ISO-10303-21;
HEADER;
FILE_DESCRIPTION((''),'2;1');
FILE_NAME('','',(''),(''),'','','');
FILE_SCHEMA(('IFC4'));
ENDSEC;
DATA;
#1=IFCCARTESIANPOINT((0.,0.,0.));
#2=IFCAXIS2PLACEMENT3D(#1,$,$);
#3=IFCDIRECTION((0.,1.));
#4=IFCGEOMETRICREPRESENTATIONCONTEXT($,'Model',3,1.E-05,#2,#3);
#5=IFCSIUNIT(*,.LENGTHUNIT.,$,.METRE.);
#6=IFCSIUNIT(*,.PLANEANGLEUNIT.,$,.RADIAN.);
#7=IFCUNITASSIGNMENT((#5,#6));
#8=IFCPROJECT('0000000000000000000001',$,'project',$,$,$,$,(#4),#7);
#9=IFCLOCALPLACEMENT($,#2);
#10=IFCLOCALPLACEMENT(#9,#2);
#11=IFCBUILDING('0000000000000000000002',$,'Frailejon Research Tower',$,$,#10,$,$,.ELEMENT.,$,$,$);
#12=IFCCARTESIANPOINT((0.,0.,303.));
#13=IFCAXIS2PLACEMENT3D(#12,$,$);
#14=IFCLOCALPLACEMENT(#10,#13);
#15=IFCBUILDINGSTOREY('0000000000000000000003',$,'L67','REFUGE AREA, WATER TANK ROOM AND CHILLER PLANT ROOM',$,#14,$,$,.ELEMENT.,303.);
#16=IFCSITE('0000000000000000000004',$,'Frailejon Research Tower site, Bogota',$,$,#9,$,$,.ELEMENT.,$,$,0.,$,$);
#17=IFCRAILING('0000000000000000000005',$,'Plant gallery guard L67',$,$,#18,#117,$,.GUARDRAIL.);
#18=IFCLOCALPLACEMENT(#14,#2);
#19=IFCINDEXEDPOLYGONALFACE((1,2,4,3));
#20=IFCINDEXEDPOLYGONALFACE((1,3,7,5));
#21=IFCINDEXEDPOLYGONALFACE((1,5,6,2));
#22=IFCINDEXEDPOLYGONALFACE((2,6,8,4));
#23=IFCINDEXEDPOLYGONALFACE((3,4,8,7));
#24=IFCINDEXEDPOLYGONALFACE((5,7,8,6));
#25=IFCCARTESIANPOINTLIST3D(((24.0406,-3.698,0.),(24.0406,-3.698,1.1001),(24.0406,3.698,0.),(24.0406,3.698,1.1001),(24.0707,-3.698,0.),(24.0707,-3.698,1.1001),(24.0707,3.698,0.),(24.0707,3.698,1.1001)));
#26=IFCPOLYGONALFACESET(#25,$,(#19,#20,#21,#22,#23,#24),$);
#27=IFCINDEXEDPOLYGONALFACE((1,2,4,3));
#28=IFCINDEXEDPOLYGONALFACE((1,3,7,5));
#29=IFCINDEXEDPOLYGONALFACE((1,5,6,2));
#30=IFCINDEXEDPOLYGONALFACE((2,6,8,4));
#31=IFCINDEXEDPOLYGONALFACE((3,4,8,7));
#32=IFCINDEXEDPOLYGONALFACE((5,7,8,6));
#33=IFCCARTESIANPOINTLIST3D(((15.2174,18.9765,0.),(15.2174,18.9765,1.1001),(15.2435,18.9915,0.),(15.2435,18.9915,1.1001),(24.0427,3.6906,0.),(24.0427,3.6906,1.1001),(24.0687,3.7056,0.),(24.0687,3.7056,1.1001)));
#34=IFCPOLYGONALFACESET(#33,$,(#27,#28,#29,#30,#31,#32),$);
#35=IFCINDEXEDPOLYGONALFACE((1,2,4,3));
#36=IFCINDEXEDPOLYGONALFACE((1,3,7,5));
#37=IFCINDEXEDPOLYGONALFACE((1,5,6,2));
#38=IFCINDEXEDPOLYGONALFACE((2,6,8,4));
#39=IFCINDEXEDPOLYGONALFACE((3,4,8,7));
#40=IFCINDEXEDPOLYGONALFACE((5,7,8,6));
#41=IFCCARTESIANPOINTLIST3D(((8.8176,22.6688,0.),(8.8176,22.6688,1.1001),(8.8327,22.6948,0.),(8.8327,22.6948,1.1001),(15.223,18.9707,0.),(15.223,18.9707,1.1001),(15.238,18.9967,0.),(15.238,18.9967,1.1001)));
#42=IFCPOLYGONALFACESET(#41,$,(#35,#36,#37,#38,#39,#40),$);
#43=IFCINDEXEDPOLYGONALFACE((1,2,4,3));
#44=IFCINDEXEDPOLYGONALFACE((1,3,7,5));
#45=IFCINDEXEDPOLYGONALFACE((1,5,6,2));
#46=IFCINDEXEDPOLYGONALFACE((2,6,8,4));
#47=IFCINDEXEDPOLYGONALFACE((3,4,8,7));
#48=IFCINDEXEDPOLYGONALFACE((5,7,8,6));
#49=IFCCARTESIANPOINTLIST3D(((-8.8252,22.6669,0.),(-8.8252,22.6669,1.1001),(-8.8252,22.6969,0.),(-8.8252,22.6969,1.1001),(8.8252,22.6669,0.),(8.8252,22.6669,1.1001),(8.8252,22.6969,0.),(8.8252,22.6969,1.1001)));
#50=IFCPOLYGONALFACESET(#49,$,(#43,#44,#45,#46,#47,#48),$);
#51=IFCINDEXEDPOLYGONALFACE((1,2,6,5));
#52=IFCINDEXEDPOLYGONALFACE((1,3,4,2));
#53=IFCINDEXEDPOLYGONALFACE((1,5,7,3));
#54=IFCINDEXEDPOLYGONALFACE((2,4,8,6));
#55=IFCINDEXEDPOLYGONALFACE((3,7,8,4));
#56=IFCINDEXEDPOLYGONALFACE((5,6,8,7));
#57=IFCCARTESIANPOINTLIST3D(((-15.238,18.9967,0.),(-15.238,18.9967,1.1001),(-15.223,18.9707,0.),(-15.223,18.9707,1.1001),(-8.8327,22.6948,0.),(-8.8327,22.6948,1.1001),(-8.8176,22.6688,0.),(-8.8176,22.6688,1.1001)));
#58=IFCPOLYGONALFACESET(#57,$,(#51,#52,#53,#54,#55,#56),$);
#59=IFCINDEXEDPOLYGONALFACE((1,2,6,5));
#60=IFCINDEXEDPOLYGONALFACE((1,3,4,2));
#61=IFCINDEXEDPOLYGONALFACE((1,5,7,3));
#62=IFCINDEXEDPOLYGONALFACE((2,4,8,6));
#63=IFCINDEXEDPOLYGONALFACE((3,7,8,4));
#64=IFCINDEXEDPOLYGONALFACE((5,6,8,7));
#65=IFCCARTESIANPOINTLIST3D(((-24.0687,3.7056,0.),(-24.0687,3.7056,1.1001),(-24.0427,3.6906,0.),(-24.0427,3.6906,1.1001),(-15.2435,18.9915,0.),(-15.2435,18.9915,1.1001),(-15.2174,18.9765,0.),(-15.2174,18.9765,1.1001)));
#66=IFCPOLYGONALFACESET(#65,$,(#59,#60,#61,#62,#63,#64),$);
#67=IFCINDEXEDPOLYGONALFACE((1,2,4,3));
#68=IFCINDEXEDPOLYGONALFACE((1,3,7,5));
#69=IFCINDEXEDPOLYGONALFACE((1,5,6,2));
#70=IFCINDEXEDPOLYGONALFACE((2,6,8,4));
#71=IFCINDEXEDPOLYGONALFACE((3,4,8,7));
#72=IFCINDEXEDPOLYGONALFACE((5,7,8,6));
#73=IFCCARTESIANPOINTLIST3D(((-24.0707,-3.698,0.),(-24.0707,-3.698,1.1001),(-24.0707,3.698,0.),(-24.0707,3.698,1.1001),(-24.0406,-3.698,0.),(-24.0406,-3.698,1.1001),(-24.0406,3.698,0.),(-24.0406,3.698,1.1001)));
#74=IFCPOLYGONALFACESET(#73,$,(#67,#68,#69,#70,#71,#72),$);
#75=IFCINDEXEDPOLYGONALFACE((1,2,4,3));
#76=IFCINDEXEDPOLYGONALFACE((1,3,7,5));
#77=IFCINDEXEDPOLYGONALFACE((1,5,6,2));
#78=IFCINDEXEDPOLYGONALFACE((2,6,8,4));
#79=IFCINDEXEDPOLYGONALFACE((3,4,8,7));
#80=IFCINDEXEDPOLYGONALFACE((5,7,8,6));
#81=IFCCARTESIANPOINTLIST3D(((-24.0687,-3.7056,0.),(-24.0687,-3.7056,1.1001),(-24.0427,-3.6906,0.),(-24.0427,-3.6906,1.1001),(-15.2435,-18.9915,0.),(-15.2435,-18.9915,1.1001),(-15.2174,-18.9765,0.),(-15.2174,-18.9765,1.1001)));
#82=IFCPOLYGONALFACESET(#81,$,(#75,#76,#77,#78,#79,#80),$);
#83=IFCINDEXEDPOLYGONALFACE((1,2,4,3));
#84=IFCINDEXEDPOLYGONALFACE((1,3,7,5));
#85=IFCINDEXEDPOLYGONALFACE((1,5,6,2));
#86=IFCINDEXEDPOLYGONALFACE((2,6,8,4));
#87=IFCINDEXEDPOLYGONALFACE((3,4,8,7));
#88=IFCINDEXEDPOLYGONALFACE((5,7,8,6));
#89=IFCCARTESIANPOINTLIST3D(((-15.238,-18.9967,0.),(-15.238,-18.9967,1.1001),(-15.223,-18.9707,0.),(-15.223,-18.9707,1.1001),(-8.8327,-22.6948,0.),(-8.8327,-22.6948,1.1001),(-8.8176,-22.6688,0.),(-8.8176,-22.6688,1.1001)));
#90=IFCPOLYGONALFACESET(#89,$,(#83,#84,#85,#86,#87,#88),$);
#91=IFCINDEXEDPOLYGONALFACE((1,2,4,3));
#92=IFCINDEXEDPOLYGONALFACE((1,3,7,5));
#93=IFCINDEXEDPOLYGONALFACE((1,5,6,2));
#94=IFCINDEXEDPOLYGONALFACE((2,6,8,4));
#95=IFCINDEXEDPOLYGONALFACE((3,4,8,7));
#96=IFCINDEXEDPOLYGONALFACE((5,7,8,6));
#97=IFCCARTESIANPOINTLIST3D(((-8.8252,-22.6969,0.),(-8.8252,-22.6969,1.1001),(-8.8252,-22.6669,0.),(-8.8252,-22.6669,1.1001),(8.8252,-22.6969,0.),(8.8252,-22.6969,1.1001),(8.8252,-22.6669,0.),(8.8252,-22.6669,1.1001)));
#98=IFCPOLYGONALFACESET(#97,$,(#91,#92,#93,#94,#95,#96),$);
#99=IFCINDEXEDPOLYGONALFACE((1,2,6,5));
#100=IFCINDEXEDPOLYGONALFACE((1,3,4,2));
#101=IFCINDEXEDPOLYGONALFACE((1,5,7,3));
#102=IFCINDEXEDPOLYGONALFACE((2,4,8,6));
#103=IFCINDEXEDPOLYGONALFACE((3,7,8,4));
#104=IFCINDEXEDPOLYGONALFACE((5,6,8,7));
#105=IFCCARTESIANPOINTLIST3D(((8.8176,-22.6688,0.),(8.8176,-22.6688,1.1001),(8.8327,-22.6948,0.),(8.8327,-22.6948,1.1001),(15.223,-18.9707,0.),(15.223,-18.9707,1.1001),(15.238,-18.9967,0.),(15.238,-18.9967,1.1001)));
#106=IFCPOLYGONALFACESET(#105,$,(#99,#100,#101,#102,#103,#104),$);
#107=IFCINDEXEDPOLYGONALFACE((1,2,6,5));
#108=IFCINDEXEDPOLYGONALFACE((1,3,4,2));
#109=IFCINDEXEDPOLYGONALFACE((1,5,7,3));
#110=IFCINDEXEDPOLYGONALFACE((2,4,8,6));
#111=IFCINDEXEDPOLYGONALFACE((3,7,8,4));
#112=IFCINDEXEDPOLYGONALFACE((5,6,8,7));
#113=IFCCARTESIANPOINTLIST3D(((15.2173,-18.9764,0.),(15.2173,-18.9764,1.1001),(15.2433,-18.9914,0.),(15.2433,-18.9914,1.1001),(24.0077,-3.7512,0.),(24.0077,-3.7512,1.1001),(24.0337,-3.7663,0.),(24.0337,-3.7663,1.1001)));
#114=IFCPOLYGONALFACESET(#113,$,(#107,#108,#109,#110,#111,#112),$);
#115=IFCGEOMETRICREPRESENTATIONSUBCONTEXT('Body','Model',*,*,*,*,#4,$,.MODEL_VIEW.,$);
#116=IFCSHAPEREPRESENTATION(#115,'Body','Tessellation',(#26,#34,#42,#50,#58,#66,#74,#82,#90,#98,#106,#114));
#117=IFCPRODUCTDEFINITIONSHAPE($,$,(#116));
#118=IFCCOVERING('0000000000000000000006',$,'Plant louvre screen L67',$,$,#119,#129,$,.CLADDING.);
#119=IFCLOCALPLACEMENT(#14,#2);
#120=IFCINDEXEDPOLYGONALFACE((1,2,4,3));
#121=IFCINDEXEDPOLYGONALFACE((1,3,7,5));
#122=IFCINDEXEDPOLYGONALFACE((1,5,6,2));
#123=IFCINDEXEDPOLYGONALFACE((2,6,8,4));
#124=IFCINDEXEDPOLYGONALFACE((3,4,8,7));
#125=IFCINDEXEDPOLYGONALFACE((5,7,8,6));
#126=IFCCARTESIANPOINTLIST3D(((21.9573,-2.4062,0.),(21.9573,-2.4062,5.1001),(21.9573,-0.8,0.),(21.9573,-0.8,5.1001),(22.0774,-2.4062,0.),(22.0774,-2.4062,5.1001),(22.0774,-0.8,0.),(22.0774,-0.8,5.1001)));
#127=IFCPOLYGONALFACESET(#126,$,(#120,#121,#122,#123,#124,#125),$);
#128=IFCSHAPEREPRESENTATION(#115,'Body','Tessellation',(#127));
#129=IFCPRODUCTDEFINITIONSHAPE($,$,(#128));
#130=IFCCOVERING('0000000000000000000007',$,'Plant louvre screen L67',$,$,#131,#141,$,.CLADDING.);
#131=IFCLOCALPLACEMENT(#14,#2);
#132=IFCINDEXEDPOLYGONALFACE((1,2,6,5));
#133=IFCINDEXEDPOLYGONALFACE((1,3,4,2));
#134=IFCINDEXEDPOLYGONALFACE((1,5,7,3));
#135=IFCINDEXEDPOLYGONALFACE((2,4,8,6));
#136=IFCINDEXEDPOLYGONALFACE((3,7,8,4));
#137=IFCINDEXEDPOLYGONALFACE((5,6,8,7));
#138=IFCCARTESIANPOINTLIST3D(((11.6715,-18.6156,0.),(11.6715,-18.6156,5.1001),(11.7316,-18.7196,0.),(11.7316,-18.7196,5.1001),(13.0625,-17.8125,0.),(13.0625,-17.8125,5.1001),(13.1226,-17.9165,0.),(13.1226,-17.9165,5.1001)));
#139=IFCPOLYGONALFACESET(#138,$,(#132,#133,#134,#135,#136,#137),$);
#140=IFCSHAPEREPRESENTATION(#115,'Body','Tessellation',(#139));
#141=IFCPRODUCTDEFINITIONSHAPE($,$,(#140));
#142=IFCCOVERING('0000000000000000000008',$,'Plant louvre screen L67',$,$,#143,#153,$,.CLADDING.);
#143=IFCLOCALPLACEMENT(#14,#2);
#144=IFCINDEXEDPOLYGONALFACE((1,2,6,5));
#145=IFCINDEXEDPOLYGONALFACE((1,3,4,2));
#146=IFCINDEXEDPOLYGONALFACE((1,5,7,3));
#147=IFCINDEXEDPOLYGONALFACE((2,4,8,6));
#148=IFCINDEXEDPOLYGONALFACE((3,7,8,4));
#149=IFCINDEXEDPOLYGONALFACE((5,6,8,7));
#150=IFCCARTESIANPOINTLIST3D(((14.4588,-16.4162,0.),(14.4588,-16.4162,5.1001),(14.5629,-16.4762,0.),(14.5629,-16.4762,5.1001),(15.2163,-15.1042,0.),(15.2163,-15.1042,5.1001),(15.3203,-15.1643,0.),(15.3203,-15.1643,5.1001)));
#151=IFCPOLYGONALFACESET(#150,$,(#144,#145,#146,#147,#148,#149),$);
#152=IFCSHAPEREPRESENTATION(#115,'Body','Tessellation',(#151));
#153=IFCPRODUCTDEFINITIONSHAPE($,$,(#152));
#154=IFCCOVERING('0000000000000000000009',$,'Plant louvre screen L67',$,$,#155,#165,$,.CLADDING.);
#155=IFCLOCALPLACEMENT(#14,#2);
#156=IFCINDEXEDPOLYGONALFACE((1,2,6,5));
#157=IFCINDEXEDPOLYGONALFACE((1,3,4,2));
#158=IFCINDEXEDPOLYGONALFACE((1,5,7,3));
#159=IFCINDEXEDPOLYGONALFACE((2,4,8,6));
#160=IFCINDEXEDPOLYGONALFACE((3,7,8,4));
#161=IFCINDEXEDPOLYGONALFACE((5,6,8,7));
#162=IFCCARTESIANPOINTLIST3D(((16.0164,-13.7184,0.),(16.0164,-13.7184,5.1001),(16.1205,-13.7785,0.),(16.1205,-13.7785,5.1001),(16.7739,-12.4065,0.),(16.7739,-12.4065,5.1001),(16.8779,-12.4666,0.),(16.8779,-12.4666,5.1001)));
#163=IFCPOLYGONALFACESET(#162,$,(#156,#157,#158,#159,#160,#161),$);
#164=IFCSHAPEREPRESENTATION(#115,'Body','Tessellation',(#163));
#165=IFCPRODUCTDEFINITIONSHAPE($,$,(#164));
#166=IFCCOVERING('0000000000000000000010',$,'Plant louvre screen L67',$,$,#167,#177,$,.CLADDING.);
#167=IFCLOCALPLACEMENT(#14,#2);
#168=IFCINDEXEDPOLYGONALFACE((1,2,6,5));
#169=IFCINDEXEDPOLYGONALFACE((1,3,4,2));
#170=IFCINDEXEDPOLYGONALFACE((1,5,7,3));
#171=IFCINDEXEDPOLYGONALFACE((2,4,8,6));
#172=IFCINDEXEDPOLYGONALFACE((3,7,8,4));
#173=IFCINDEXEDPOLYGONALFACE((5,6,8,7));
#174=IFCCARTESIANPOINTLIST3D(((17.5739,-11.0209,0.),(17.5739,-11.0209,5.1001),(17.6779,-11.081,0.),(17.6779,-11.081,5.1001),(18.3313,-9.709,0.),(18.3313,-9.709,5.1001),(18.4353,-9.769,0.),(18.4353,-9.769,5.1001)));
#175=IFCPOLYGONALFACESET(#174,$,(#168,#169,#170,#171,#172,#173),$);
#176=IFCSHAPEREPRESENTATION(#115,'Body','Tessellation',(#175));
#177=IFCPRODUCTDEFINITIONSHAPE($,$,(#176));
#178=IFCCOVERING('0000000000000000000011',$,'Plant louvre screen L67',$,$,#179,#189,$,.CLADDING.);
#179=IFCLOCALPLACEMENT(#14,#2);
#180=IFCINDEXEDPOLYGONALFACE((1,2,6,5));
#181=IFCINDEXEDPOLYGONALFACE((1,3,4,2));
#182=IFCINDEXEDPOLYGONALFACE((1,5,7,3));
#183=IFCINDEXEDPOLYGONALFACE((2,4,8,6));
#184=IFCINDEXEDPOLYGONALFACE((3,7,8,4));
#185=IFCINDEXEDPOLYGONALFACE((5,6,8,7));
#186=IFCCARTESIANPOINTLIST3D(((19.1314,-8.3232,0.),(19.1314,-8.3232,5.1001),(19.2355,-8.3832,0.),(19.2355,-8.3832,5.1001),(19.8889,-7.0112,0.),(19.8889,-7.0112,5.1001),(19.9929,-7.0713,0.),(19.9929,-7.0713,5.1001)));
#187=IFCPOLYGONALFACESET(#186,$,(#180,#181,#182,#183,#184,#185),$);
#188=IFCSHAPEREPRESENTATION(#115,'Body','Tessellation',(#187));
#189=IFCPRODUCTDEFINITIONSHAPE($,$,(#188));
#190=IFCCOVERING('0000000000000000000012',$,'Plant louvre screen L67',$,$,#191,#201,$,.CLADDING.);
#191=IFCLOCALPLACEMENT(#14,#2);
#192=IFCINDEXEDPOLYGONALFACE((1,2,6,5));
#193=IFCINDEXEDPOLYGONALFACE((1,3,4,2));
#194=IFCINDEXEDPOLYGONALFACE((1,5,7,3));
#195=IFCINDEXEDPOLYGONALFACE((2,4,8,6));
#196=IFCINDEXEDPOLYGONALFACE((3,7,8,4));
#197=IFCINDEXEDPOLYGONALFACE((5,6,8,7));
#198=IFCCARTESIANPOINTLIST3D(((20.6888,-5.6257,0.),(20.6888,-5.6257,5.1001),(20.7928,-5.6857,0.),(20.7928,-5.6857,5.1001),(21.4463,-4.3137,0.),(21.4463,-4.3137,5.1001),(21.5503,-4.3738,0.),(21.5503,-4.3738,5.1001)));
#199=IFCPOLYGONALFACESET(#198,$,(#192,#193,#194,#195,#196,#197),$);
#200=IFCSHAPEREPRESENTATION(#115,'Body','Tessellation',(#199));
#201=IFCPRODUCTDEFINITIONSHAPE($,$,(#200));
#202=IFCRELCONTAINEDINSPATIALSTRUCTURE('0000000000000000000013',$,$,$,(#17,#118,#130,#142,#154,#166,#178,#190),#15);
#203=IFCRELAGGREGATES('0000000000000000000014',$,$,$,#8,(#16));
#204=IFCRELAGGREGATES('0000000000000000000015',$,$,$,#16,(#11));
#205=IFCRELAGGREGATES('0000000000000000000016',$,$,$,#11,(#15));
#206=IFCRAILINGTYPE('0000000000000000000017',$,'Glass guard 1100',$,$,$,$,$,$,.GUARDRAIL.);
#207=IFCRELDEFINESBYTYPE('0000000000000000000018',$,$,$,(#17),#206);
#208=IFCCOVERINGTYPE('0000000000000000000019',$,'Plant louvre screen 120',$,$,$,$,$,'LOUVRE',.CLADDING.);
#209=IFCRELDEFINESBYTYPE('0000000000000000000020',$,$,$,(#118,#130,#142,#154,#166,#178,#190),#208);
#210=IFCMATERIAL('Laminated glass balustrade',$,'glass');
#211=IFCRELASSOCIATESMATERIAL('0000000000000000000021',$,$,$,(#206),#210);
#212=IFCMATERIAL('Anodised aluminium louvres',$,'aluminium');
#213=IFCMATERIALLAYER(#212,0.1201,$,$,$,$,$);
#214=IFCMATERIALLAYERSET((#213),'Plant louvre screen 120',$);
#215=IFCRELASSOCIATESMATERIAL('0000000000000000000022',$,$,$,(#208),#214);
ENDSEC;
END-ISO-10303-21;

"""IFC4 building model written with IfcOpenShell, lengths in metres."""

from ifc_helpers import new_model, si_unit, direction, frame, origin, origin_2d, place, context, subcontext, project, spatial, polyline, rectangle, outline, extrude, material, layer, layer_set, type_object, element, save


model = new_model("IFC4")

# Units and contexts
model_context = context("Model", 3, precision=1e-05, world=origin(), true_north=direction((0.0, 1.0)))
body_context = subcontext(model_context, "Body", "Model", "MODEL_VIEW")
ifc_project = project(units=[si_unit("LENGTHUNIT", "METRE"), si_unit("PLANEANGLEUNIT", "RADIAN")], contexts=[model_context])

# Site, building, storey
site_placement = place(None, origin())
site = spatial("IfcSite", under=ifc_project, at=site_placement, Name="Frailejon Research Tower site, Bogota", CompositionType="ELEMENT", RefElevation=0.0)
building_placement = place(site_placement, origin())
building = spatial("IfcBuilding", under=site, at=building_placement, Name="Frailejon Research Tower", CompositionType="ELEMENT")
storey_placement = place(building_placement, frame((0.0, 0.0, 303.0)))
storey = spatial("IfcBuildingStorey", under=building, at=storey_placement, Name="L67", Description="REFUGE AREA, WATER TANK ROOM AND CHILLER PLANT ROOM", CompositionType="ELEMENT", Elevation=303.0)

# Railing
ifc_material_1 = material(Name="Laminated glass balustrade", Category="glass")
railing_type = type_object("IfcRailingType", Name="Glass guard 1100", PredefinedType="GUARDRAIL", material=ifc_material_1)
railing_placement = place(storey_placement, frame((24.0557, -3.698, 0.0)))
element("IfcRailing", 1, at=railing_placement, inside=storey, type_object=railing_type, Name="Plant gallery guard L67", PredefinedType="GUARDRAIL", context=body_context, shape_type="SweptSolid", body=[
    extrude(rectangle(XDim=7.396, YDim=0.03, at=origin_2d()), frame((0.0, 3.698, 0.0), z_axis=(0.0, 0.0, 1.0), x_axis=(0.0, 1.0, 0.0)), (0.0, 0.0, 1.0), 1.1001),
    extrude(rectangle(XDim=17.6506, YDim=0.03, at=origin_2d()), frame((-4.4126, 15.0391, 0.0), z_axis=(0.0, 0.0, 1.0), x_axis=(-0.499995, 0.866028, 0.0)), (0.0, 0.0, 1.0), 1.1001),
    extrude(rectangle(XDim=7.3962, YDim=0.03, at=origin_2d()), frame((-12.0278, 24.5308, 0.0), z_axis=(0.0, 0.0, 1.0), x_axis=(-0.866031, 0.499991, 0.0)), (0.0, 0.0, 1.0), 1.1001),
    extrude(rectangle(XDim=17.6504, YDim=0.03, at=origin_2d()), frame((-24.0557, 26.3799, 0.0), z_axis=(0.0, 0.0, 1.0), x_axis=(-1.0, 0.0, 0.0)), (0.0, 0.0, 1.0), 1.1001),
    extrude(rectangle(XDim=7.3962, YDim=0.03, at=origin_2d()), frame((-36.0835, 24.5308, 0.0), z_axis=(0.0, 0.0, 1.0), x_axis=(-0.866031, -0.499991, 0.0)), (0.0, 0.0, 1.0), 1.1001),
    extrude(rectangle(XDim=17.6506, YDim=0.03, at=origin_2d()), frame((-43.6987, 15.0391, 0.0), z_axis=(0.0, 0.0, 1.0), x_axis=(-0.499995, -0.866028, 0.0)), (0.0, 0.0, 1.0), 1.1001),
    extrude(rectangle(XDim=7.396, YDim=0.03, at=origin_2d()), frame((-48.1113, 3.698, 0.0), z_axis=(0.0, 0.0, 1.0), x_axis=(0.0, -1.0, 0.0)), (0.0, 0.0, 1.0), 1.1001),
    extrude(rectangle(XDim=17.6506, YDim=0.03, at=origin_2d()), frame((-43.6987, -7.6431, 0.0), z_axis=(0.0, 0.0, 1.0), x_axis=(0.499995, -0.866028, 0.0)), (0.0, 0.0, 1.0), 1.1001),
    extrude(rectangle(XDim=7.3962, YDim=0.03, at=origin_2d()), frame((-36.0835, -17.1348, 0.0), z_axis=(0.0, 0.0, 1.0), x_axis=(0.866031, -0.499991, 0.0)), (0.0, 0.0, 1.0), 1.1001),
    extrude(rectangle(XDim=17.6504, YDim=0.03, at=origin_2d()), frame((-24.0557, -18.9839, 0.0), z_axis=(0.0, 0.0, 1.0), x_axis=(1.0, 0.0, 0.0)), (0.0, 0.0, 1.0), 1.1001),
    extrude(rectangle(XDim=7.3962, YDim=0.03, at=origin_2d()), frame((-12.0278, -17.1348, 0.0), z_axis=(0.0, 0.0, 1.0), x_axis=(0.866031, 0.499991, 0.0)), (0.0, 0.0, 1.0), 1.1001),
    extrude(rectangle(XDim=17.5806, YDim=0.03, at=origin_2d()), frame((-4.4302, -7.6733, 0.0), z_axis=(0.0, 0.0, 1.0), x_axis=(0.500003, 0.866024, 0.0)), (0.0, 0.0, 1.0), 1.1001),
])

# Coverings
ifc_material_2 = material(Name="Anodised aluminium louvres", Category="aluminium")
ifc_layer_1 = layer(ifc_material_2, 0.1201)
ifc_layer_set_1 = layer_set([ifc_layer_1], Name="Plant louvre screen 120")
covering_type = type_object("IfcCoveringType", Name="Plant louvre screen 120", ElementType="LOUVRE", PredefinedType="CLADDING", material=ifc_layer_set_1)
for number, where, z_axis, x_axis, name in (
    (2, (22.0774, -0.8, 0.0), (0.0, -1.0, 0.0), (1.0, 0.0, 0.0), "Plant louvre screen L67"),
    (3, (13.1226, -17.9165, 0.0), (-0.866014, -0.50002, 0.0), (0.50002, -0.866014, 0.0), "Plant louvre screen L67"),
):
    element("IfcCovering", number, at=place(storey_placement, frame(where, z_axis=z_axis, x_axis=x_axis)), inside=storey, type_object=covering_type, Name=name, PredefinedType="CLADDING", context=body_context, shape_type="SweptSolid", body=[
        extrude(outline(polyline([(-0.1201, 0.0), (0.0, 0.0), (0.0, 5.1001), (-0.1201, 5.1001), (-0.1201, 0.0)])), origin(), (0.0, 0.0, 1.0), 1.6062),
    ])
for number, where, z_axis, x_axis, name in (
    (4, (15.3203, -15.1643, 0.0), (-0.499999, -0.866026, 0.0), (0.866026, -0.499999, 0.0), "Plant louvre screen L67"),
    (5, (16.8779, -12.4666, 0.0), (-0.50001, -0.86602, 0.0), (0.86602, -0.50001, 0.0), "Plant louvre screen L67"),
    (6, (18.4353, -9.769, 0.0), (-0.499986, -0.866034, 0.0), (0.866034, -0.499986, 0.0), "Plant louvre screen L67"),
    (7, (19.9929, -7.0713, 0.0), (-0.50001, -0.86602, 0.0), (0.86602, -0.50001, 0.0), "Plant louvre screen L67"),
    (8, (21.5503, -4.3738, 0.0), (-0.499999, -0.866026, 0.0), (0.866026, -0.499999, 0.0), "Plant louvre screen L67"),
):
    element("IfcCovering", number, at=place(storey_placement, frame(where, z_axis=z_axis, x_axis=x_axis)), inside=storey, type_object=covering_type, Name=name, PredefinedType="CLADDING", context=body_context, shape_type="SweptSolid", body=[
        extrude(outline(polyline([(-0.1201, 0.0), (0.0, 0.0), (0.0, 5.1001), (-0.1201, 5.1001), (-0.1201, 0.0)])), origin(), (0.0, 0.0, 1.0), 1.5149),
    ])

save(model, "model.ifc")
